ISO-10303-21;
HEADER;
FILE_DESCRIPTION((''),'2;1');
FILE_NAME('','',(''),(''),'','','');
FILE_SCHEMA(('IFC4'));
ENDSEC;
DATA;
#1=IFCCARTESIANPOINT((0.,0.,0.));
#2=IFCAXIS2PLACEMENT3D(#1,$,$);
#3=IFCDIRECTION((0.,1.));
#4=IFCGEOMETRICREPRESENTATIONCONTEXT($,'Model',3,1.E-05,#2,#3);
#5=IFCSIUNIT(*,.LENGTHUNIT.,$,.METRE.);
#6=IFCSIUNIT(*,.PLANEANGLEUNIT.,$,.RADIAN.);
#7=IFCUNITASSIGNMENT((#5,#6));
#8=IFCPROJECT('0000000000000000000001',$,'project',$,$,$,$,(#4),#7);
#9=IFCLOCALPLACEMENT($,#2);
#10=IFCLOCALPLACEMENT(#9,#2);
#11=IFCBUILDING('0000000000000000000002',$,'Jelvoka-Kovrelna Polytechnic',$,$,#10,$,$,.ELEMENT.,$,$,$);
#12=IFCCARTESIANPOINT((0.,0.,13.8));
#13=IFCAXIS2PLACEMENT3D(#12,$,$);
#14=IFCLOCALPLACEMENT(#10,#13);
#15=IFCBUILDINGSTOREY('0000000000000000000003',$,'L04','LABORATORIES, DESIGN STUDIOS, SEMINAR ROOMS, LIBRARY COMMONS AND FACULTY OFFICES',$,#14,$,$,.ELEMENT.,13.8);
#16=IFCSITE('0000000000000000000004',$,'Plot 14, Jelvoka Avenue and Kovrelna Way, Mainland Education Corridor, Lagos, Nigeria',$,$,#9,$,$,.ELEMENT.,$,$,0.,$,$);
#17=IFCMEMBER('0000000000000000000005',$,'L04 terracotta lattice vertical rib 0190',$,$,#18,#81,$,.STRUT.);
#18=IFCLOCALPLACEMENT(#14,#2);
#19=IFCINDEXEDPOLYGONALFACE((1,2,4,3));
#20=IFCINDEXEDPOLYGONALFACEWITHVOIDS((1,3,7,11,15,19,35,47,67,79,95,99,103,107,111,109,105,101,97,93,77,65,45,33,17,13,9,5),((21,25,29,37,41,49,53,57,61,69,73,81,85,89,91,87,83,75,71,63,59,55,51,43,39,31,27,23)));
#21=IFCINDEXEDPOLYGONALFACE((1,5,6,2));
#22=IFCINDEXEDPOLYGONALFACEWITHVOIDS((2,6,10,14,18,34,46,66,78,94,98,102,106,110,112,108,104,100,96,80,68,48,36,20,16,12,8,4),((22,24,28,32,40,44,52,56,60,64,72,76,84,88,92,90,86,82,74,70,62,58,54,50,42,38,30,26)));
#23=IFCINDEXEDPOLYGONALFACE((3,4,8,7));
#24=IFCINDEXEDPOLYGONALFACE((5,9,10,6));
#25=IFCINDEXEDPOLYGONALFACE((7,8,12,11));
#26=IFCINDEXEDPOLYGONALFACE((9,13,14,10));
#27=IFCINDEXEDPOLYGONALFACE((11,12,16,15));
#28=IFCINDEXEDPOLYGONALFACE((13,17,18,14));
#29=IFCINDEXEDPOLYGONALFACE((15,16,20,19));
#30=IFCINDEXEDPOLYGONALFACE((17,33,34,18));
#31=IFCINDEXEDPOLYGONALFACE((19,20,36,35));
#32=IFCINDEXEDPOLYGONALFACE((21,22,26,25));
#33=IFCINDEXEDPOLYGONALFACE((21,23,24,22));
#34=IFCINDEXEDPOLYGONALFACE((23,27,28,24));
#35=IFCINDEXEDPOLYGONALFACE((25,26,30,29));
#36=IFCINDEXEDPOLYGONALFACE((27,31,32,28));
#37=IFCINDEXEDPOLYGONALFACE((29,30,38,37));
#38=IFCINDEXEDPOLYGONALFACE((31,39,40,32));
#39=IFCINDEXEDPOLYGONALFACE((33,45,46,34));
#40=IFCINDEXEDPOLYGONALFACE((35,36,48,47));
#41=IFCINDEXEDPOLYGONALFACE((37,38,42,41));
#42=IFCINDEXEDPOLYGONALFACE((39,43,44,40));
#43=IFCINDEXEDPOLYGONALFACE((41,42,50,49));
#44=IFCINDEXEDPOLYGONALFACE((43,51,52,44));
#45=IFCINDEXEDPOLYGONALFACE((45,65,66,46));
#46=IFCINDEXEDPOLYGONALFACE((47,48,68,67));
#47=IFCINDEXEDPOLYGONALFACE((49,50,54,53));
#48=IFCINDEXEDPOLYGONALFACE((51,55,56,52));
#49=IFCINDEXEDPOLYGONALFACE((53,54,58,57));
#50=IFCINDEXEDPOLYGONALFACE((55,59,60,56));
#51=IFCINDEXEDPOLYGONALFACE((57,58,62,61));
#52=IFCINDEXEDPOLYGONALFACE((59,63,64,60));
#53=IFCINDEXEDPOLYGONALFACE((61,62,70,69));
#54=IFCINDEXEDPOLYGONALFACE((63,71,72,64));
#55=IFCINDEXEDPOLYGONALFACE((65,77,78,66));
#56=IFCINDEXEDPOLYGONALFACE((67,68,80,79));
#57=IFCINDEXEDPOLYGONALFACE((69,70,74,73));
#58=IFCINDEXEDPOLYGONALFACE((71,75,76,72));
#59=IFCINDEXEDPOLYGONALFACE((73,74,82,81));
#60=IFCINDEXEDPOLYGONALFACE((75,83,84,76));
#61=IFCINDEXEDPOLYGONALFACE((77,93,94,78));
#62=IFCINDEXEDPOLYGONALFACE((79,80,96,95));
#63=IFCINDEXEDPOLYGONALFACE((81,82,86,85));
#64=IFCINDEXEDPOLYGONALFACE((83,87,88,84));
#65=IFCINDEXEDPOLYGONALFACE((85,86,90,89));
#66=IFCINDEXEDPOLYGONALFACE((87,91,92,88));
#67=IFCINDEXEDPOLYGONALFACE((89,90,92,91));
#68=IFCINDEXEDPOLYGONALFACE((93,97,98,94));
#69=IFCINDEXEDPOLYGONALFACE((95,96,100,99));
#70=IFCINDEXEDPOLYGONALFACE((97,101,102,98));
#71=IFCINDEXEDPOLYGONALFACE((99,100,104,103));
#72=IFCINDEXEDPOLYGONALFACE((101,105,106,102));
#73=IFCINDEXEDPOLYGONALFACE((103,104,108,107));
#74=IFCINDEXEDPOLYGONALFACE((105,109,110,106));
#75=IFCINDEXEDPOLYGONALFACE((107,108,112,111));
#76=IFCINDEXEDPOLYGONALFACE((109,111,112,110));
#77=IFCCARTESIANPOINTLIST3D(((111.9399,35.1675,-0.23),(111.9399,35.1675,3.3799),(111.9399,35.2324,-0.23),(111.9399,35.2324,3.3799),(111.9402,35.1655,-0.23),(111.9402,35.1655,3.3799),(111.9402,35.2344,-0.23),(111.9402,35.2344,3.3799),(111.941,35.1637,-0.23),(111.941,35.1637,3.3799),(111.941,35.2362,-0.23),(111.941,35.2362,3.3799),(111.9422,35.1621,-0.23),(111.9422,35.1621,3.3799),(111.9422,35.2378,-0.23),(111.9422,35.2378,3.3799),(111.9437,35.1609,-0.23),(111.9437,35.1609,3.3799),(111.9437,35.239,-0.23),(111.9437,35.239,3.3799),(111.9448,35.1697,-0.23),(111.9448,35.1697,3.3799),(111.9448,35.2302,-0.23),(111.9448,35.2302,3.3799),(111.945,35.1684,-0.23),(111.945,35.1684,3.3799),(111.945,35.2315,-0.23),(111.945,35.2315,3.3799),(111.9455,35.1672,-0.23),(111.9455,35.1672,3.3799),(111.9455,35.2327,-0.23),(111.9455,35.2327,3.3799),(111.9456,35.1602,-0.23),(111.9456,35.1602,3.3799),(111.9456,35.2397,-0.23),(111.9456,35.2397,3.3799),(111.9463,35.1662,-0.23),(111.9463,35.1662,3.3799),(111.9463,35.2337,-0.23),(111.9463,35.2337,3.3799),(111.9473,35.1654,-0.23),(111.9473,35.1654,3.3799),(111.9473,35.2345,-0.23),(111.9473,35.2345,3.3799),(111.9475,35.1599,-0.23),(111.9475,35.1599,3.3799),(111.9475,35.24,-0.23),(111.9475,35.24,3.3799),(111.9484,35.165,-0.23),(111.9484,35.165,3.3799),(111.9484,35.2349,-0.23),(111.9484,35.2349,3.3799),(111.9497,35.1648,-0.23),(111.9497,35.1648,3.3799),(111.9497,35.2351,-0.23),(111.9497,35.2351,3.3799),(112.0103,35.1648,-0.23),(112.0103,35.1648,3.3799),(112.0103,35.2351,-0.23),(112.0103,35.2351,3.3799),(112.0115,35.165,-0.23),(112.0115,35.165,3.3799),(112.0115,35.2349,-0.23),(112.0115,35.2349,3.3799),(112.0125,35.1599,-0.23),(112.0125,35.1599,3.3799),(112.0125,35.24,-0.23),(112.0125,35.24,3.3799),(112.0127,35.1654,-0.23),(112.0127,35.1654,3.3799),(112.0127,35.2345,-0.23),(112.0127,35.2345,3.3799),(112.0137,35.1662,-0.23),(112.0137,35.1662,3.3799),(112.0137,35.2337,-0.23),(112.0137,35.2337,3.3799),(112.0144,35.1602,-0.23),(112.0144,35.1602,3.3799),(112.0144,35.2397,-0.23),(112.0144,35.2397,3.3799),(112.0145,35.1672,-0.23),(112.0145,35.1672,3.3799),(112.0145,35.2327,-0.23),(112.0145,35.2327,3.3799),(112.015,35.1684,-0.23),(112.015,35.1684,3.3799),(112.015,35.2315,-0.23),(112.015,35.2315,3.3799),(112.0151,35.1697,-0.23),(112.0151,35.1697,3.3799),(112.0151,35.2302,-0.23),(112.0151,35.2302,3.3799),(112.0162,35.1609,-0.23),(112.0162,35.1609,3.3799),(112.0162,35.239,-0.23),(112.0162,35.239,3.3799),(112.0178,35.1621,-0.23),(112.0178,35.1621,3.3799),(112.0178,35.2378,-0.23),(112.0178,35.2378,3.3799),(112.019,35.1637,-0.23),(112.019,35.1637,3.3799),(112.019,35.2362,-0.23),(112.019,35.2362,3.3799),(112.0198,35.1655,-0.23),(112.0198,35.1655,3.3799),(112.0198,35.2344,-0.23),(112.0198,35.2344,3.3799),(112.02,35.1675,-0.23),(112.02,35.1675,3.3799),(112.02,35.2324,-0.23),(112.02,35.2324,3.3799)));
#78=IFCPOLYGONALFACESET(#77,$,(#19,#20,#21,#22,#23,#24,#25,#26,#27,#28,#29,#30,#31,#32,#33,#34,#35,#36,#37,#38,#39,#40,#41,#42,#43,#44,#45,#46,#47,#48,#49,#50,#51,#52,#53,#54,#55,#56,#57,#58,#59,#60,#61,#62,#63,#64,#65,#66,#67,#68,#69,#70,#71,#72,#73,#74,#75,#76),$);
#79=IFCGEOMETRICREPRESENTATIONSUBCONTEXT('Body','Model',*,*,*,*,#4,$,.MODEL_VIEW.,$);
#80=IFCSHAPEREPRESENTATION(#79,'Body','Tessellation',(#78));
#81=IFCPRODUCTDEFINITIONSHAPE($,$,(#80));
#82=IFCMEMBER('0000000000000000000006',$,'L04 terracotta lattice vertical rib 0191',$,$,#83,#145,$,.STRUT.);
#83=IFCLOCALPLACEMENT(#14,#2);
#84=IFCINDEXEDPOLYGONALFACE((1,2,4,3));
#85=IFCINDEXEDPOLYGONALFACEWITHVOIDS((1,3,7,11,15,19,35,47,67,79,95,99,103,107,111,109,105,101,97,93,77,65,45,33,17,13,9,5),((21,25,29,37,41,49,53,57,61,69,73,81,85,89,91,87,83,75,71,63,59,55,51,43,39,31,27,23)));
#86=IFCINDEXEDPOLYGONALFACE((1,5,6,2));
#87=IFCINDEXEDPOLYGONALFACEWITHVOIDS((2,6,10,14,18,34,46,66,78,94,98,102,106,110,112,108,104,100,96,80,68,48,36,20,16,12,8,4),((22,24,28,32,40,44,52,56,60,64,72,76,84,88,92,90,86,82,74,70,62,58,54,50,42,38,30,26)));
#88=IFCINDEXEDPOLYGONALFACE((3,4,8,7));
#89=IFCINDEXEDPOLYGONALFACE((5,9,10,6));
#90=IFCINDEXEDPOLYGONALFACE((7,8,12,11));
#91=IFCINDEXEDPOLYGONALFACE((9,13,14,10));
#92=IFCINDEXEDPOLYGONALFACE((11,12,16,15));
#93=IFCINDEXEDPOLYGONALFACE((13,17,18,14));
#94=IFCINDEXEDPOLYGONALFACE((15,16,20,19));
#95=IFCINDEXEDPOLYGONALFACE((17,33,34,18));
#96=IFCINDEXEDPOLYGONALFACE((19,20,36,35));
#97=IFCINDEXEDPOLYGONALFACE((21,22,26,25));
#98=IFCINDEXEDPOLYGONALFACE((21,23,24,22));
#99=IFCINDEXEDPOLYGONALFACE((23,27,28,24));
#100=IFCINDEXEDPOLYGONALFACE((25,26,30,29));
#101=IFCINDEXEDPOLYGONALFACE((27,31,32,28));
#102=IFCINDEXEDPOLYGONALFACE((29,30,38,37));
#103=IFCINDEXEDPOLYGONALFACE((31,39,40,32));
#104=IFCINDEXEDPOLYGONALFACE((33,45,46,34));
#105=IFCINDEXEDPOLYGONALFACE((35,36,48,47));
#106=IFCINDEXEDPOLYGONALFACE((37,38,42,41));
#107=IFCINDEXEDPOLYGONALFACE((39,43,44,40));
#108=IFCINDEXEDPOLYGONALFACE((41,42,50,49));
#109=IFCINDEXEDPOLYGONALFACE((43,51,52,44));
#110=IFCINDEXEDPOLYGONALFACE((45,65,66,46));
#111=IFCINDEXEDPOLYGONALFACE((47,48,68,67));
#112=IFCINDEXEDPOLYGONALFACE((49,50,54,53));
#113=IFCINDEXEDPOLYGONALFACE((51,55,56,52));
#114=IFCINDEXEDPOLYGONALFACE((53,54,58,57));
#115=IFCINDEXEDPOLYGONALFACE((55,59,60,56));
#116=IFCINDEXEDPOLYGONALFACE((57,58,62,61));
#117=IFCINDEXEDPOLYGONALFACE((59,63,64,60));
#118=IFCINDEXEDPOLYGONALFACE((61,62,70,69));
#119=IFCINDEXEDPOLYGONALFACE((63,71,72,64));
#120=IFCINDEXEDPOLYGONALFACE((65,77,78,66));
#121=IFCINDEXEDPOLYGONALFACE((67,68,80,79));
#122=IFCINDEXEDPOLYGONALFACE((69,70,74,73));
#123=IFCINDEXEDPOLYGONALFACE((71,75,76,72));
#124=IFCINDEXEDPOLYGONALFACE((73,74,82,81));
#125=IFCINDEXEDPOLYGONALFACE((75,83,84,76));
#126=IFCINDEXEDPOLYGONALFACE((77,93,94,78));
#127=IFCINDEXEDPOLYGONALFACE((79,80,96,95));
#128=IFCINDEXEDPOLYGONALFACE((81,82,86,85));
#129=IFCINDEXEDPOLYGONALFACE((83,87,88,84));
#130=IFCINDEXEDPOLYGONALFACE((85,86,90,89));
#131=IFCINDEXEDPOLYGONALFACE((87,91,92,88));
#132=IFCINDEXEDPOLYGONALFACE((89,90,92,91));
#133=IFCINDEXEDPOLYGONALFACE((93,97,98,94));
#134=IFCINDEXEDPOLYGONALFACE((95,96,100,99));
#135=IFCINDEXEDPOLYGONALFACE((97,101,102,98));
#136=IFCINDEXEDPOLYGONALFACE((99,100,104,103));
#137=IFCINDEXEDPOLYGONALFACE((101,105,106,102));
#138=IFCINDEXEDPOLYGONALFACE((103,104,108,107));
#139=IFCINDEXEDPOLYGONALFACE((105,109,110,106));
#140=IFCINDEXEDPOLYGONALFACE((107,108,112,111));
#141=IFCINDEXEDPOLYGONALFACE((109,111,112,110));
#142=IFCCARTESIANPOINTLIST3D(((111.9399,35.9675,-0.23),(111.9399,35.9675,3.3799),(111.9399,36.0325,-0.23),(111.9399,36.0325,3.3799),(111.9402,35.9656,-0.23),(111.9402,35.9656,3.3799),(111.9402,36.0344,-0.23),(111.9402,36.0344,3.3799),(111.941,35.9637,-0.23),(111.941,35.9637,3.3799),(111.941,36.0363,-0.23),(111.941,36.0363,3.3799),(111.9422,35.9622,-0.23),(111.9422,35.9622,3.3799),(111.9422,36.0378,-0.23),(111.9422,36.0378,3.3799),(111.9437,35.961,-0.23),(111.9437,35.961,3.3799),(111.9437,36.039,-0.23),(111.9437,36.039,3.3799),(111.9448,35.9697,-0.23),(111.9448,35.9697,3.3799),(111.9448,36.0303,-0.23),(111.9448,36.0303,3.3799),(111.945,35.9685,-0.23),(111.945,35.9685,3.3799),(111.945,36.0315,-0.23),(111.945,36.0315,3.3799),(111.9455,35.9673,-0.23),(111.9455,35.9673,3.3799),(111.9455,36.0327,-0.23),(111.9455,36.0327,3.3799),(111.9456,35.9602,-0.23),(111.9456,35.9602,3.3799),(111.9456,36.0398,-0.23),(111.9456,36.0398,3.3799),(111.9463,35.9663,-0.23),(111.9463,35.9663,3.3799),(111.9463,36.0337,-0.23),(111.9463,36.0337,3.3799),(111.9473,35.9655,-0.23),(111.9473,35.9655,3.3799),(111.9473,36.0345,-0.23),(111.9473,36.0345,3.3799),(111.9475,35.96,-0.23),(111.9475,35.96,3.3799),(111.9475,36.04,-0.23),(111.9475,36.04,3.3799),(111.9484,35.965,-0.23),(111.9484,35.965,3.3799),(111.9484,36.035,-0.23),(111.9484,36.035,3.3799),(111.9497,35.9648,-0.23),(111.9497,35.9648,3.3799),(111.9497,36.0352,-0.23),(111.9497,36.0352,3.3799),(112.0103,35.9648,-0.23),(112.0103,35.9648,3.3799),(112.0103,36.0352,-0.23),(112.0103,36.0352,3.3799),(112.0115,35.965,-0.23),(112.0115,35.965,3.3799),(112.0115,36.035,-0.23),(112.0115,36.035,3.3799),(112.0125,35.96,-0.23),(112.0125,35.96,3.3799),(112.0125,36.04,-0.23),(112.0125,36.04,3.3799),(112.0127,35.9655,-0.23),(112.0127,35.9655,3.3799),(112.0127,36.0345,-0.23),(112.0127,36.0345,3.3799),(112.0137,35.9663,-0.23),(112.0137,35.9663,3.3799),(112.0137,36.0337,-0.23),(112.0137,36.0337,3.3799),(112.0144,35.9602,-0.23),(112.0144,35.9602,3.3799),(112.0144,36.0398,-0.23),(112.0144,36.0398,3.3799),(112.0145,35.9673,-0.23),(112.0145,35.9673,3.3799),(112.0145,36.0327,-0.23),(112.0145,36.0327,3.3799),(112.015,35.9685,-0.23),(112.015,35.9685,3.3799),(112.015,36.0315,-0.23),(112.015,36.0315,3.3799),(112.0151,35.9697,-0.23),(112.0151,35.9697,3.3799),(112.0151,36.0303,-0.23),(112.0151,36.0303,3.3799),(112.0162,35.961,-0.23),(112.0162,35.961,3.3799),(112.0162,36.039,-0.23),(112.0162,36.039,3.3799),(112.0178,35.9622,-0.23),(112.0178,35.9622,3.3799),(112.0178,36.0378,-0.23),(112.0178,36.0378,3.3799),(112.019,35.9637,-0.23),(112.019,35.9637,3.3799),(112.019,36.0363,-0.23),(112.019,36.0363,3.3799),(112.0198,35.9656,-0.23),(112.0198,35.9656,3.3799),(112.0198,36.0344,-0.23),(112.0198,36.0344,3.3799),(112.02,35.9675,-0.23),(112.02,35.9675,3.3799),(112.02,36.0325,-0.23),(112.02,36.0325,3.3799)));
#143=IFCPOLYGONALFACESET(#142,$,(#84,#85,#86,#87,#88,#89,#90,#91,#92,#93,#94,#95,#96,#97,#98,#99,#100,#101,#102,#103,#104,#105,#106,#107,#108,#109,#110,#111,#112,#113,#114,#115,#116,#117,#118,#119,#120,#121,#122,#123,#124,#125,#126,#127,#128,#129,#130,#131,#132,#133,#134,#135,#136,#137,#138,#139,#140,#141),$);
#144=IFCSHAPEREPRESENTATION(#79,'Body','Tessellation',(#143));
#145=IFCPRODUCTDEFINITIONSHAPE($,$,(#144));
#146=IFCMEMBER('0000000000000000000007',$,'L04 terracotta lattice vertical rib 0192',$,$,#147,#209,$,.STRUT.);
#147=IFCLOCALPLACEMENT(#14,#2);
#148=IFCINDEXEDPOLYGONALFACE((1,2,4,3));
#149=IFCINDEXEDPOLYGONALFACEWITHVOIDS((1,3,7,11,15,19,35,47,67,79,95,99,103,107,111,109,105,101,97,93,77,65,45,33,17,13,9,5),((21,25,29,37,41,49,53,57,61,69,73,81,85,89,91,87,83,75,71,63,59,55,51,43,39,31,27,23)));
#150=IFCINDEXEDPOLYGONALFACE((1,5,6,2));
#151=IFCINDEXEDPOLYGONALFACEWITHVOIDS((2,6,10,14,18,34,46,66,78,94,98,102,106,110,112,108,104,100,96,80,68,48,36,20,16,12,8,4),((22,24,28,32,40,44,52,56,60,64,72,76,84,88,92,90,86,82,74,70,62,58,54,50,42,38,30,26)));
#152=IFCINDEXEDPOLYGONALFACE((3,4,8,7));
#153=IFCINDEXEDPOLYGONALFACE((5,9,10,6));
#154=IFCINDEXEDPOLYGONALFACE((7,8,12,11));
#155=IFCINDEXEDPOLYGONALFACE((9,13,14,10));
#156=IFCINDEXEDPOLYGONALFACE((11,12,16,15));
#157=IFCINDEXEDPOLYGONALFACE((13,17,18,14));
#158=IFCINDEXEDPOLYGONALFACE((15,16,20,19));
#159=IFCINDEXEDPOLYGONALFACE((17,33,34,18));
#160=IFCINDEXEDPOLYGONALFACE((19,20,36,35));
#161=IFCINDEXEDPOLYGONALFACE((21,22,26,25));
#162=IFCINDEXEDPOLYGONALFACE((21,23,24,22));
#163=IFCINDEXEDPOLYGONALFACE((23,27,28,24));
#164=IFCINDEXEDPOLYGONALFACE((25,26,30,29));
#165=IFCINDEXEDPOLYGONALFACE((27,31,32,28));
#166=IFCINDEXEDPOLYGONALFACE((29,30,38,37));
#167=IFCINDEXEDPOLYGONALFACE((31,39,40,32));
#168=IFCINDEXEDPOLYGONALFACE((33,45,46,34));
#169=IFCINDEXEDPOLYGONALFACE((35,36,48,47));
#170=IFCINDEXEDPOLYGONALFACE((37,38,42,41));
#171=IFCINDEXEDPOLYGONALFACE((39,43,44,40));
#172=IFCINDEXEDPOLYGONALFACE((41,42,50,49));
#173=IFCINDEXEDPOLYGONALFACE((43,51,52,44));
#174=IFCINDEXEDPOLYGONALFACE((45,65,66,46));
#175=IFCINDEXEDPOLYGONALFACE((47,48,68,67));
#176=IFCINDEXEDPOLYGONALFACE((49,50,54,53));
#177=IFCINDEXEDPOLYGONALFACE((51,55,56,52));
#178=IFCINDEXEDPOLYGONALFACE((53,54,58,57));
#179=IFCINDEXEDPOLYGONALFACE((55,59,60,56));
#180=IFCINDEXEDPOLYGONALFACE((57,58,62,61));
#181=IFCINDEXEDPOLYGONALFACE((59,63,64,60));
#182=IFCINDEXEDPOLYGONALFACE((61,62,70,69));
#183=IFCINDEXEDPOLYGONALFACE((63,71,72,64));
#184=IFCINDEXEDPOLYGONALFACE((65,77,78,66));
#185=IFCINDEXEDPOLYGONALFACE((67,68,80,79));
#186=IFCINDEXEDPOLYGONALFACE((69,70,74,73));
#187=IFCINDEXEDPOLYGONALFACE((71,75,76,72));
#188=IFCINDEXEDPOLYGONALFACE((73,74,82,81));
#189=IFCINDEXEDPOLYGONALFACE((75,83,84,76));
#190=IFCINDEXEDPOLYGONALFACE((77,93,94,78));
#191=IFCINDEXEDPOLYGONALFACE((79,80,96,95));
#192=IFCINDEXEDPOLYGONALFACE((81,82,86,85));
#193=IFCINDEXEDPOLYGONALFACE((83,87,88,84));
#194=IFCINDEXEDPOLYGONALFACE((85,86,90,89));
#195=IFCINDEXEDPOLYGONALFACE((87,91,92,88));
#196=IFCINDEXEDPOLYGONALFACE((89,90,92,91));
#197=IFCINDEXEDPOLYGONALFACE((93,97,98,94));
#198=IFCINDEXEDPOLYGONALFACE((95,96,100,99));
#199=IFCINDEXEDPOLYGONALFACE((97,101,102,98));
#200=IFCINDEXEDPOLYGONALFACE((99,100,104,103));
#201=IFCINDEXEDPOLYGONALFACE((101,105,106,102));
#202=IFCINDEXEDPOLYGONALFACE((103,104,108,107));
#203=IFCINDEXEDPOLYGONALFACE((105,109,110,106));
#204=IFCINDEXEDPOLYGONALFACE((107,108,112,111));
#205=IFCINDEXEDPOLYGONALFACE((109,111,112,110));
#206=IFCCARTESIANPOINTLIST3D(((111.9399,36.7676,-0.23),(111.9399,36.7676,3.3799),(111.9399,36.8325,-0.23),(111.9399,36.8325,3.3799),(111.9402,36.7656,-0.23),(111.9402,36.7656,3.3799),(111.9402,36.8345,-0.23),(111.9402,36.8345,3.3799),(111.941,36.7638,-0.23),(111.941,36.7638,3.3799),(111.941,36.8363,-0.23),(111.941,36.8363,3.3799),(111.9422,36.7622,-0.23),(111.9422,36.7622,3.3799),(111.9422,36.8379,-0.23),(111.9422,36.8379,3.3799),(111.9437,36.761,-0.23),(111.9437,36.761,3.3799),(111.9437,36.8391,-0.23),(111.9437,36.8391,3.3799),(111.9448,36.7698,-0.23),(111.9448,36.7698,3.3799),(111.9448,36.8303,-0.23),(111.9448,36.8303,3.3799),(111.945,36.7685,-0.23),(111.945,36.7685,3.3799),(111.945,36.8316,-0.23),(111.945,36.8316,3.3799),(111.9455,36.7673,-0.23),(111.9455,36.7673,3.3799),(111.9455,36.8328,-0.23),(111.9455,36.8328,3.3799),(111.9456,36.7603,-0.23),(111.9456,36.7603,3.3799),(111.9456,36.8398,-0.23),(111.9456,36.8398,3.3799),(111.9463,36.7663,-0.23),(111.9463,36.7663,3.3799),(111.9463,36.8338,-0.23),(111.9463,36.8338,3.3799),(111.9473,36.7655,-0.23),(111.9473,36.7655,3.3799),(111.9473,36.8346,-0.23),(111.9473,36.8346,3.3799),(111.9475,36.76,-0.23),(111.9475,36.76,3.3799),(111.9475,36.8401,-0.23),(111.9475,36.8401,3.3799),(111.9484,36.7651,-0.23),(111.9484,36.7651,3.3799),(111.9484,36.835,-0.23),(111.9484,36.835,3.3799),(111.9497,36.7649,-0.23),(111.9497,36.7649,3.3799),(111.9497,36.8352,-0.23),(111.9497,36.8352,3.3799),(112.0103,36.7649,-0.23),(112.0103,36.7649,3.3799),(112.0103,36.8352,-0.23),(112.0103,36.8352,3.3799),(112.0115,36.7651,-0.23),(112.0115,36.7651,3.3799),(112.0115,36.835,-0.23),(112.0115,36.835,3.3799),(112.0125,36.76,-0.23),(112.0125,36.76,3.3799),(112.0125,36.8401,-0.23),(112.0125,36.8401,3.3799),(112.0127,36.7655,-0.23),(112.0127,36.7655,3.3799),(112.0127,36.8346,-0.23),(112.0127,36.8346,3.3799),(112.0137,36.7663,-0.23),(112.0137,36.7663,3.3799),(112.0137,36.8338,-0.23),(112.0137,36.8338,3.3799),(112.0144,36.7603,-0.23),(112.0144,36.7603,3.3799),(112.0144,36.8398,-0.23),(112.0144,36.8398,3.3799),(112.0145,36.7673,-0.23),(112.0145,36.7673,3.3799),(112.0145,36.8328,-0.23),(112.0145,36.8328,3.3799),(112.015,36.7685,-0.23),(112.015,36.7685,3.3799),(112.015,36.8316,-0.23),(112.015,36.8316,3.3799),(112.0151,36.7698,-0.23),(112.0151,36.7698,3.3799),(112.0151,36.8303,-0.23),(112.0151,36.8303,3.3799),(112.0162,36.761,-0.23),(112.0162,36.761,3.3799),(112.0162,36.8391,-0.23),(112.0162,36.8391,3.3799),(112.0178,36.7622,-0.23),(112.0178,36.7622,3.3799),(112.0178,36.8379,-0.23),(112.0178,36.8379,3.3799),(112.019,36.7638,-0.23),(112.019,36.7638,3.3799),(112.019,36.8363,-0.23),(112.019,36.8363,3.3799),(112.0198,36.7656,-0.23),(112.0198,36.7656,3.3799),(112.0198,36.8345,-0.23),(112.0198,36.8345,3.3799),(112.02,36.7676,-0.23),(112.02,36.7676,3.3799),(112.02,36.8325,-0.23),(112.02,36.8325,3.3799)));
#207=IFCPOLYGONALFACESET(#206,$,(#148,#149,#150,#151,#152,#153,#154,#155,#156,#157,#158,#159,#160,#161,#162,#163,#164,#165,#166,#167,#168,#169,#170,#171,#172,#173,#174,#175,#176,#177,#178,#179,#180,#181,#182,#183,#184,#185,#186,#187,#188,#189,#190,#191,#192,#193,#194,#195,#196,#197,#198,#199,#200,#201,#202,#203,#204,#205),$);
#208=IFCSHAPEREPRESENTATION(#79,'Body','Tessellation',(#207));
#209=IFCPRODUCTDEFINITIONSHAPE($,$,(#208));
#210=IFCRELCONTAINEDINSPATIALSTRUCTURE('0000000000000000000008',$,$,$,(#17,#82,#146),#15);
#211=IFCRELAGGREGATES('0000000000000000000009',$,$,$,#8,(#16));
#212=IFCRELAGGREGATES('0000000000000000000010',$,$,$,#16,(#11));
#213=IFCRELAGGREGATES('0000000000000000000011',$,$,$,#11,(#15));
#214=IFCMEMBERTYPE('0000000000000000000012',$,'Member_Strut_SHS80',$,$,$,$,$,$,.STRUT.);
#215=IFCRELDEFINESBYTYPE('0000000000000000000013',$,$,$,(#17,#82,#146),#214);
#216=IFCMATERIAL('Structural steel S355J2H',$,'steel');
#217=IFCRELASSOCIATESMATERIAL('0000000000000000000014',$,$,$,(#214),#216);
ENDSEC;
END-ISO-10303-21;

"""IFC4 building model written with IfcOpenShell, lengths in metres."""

from ifc_helpers import new_model, si_unit, direction, frame, origin, origin_2d, place, context, subcontext, project, spatial, hollow_rectangle, extrude, material, material_profile, profile_set, type_object, element, save


model = new_model("IFC4")

# Units and contexts
model_context = context("Model", 3, precision=1e-05, world=origin(), true_north=direction((0.0, 1.0)))
body_context = subcontext(model_context, "Body", "Model", "MODEL_VIEW")
ifc_project = project(units=[si_unit("LENGTHUNIT", "METRE"), si_unit("PLANEANGLEUNIT", "RADIAN")], contexts=[model_context])

# Site, building, storey
site_placement = place(None, origin())
site = spatial("IfcSite", under=ifc_project, at=site_placement, Name="Plot 14, Jelvoka Avenue and Kovrelna Way, Mainland Education Corridor, Lagos, Nigeria", CompositionType="ELEMENT", RefElevation=0.0)
building_placement = place(site_placement, origin())
building = spatial("IfcBuilding", under=site, at=building_placement, Name="Jelvoka-Kovrelna Polytechnic", CompositionType="ELEMENT")
storey_placement = place(building_placement, frame((0.0, 0.0, 13.8)))
storey = spatial("IfcBuildingStorey", under=building, at=storey_placement, Name="L04", Description="LABORATORIES, DESIGN STUDIOS, SEMINAR ROOMS, LIBRARY COMMONS AND FACULTY OFFICES", CompositionType="ELEMENT", Elevation=13.8)

# Members
ifc_material_1 = material(Name="Structural steel S355J2H", Category="steel")
ifc_material_profile_1 = material_profile(ifc_material_1, hollow_rectangle(XDim=0.0801, YDim=0.0801, WallThickness=0.0049, InnerFilletRadius=0.0049, OuterFilletRadius=0.0076, at=origin_2d()), Name="80x80x5.0 SHS")
ifc_profile_set_1 = profile_set([ifc_material_profile_1], Name="Structural steel S355J2H")
member_type_1 = type_object("IfcMemberType", Name="Member_Strut_SHS80", PredefinedType="STRUT", material=ifc_profile_set_1)
for number, where, z_axis, x_axis, name in (
    (1, (111.98, 35.2, -0.23), (0.0, 0.0, 1.0), (1.0, 0.0, 0.0), "L04 terracotta lattice vertical rib 0190"),
    (2, (111.98, 36.0, -0.23), (0.0, 0.0, 1.0), (1.0, 0.0, 0.0), "L04 terracotta lattice vertical rib 0191"),
    (3, (111.98, 36.8, -0.23), (0.0, 0.0, 1.0), (1.0, 0.0, 0.0), "L04 terracotta lattice vertical rib 0192"),
):
    element("IfcMember", number, at=place(storey_placement, frame(where, z_axis=z_axis, x_axis=x_axis)), inside=storey, type_object=member_type_1, Name=name, PredefinedType="STRUT", context=body_context, shape_type="SweptSolid", body=[
        extrude(hollow_rectangle(XDim=0.0801, YDim=0.0801, WallThickness=0.0049, InnerFilletRadius=0.0049, OuterFilletRadius=0.0076, at=origin_2d()), origin(), (0.0, 0.0, 1.0), 3.6099),
    ])

save(model, "model.ifc")
